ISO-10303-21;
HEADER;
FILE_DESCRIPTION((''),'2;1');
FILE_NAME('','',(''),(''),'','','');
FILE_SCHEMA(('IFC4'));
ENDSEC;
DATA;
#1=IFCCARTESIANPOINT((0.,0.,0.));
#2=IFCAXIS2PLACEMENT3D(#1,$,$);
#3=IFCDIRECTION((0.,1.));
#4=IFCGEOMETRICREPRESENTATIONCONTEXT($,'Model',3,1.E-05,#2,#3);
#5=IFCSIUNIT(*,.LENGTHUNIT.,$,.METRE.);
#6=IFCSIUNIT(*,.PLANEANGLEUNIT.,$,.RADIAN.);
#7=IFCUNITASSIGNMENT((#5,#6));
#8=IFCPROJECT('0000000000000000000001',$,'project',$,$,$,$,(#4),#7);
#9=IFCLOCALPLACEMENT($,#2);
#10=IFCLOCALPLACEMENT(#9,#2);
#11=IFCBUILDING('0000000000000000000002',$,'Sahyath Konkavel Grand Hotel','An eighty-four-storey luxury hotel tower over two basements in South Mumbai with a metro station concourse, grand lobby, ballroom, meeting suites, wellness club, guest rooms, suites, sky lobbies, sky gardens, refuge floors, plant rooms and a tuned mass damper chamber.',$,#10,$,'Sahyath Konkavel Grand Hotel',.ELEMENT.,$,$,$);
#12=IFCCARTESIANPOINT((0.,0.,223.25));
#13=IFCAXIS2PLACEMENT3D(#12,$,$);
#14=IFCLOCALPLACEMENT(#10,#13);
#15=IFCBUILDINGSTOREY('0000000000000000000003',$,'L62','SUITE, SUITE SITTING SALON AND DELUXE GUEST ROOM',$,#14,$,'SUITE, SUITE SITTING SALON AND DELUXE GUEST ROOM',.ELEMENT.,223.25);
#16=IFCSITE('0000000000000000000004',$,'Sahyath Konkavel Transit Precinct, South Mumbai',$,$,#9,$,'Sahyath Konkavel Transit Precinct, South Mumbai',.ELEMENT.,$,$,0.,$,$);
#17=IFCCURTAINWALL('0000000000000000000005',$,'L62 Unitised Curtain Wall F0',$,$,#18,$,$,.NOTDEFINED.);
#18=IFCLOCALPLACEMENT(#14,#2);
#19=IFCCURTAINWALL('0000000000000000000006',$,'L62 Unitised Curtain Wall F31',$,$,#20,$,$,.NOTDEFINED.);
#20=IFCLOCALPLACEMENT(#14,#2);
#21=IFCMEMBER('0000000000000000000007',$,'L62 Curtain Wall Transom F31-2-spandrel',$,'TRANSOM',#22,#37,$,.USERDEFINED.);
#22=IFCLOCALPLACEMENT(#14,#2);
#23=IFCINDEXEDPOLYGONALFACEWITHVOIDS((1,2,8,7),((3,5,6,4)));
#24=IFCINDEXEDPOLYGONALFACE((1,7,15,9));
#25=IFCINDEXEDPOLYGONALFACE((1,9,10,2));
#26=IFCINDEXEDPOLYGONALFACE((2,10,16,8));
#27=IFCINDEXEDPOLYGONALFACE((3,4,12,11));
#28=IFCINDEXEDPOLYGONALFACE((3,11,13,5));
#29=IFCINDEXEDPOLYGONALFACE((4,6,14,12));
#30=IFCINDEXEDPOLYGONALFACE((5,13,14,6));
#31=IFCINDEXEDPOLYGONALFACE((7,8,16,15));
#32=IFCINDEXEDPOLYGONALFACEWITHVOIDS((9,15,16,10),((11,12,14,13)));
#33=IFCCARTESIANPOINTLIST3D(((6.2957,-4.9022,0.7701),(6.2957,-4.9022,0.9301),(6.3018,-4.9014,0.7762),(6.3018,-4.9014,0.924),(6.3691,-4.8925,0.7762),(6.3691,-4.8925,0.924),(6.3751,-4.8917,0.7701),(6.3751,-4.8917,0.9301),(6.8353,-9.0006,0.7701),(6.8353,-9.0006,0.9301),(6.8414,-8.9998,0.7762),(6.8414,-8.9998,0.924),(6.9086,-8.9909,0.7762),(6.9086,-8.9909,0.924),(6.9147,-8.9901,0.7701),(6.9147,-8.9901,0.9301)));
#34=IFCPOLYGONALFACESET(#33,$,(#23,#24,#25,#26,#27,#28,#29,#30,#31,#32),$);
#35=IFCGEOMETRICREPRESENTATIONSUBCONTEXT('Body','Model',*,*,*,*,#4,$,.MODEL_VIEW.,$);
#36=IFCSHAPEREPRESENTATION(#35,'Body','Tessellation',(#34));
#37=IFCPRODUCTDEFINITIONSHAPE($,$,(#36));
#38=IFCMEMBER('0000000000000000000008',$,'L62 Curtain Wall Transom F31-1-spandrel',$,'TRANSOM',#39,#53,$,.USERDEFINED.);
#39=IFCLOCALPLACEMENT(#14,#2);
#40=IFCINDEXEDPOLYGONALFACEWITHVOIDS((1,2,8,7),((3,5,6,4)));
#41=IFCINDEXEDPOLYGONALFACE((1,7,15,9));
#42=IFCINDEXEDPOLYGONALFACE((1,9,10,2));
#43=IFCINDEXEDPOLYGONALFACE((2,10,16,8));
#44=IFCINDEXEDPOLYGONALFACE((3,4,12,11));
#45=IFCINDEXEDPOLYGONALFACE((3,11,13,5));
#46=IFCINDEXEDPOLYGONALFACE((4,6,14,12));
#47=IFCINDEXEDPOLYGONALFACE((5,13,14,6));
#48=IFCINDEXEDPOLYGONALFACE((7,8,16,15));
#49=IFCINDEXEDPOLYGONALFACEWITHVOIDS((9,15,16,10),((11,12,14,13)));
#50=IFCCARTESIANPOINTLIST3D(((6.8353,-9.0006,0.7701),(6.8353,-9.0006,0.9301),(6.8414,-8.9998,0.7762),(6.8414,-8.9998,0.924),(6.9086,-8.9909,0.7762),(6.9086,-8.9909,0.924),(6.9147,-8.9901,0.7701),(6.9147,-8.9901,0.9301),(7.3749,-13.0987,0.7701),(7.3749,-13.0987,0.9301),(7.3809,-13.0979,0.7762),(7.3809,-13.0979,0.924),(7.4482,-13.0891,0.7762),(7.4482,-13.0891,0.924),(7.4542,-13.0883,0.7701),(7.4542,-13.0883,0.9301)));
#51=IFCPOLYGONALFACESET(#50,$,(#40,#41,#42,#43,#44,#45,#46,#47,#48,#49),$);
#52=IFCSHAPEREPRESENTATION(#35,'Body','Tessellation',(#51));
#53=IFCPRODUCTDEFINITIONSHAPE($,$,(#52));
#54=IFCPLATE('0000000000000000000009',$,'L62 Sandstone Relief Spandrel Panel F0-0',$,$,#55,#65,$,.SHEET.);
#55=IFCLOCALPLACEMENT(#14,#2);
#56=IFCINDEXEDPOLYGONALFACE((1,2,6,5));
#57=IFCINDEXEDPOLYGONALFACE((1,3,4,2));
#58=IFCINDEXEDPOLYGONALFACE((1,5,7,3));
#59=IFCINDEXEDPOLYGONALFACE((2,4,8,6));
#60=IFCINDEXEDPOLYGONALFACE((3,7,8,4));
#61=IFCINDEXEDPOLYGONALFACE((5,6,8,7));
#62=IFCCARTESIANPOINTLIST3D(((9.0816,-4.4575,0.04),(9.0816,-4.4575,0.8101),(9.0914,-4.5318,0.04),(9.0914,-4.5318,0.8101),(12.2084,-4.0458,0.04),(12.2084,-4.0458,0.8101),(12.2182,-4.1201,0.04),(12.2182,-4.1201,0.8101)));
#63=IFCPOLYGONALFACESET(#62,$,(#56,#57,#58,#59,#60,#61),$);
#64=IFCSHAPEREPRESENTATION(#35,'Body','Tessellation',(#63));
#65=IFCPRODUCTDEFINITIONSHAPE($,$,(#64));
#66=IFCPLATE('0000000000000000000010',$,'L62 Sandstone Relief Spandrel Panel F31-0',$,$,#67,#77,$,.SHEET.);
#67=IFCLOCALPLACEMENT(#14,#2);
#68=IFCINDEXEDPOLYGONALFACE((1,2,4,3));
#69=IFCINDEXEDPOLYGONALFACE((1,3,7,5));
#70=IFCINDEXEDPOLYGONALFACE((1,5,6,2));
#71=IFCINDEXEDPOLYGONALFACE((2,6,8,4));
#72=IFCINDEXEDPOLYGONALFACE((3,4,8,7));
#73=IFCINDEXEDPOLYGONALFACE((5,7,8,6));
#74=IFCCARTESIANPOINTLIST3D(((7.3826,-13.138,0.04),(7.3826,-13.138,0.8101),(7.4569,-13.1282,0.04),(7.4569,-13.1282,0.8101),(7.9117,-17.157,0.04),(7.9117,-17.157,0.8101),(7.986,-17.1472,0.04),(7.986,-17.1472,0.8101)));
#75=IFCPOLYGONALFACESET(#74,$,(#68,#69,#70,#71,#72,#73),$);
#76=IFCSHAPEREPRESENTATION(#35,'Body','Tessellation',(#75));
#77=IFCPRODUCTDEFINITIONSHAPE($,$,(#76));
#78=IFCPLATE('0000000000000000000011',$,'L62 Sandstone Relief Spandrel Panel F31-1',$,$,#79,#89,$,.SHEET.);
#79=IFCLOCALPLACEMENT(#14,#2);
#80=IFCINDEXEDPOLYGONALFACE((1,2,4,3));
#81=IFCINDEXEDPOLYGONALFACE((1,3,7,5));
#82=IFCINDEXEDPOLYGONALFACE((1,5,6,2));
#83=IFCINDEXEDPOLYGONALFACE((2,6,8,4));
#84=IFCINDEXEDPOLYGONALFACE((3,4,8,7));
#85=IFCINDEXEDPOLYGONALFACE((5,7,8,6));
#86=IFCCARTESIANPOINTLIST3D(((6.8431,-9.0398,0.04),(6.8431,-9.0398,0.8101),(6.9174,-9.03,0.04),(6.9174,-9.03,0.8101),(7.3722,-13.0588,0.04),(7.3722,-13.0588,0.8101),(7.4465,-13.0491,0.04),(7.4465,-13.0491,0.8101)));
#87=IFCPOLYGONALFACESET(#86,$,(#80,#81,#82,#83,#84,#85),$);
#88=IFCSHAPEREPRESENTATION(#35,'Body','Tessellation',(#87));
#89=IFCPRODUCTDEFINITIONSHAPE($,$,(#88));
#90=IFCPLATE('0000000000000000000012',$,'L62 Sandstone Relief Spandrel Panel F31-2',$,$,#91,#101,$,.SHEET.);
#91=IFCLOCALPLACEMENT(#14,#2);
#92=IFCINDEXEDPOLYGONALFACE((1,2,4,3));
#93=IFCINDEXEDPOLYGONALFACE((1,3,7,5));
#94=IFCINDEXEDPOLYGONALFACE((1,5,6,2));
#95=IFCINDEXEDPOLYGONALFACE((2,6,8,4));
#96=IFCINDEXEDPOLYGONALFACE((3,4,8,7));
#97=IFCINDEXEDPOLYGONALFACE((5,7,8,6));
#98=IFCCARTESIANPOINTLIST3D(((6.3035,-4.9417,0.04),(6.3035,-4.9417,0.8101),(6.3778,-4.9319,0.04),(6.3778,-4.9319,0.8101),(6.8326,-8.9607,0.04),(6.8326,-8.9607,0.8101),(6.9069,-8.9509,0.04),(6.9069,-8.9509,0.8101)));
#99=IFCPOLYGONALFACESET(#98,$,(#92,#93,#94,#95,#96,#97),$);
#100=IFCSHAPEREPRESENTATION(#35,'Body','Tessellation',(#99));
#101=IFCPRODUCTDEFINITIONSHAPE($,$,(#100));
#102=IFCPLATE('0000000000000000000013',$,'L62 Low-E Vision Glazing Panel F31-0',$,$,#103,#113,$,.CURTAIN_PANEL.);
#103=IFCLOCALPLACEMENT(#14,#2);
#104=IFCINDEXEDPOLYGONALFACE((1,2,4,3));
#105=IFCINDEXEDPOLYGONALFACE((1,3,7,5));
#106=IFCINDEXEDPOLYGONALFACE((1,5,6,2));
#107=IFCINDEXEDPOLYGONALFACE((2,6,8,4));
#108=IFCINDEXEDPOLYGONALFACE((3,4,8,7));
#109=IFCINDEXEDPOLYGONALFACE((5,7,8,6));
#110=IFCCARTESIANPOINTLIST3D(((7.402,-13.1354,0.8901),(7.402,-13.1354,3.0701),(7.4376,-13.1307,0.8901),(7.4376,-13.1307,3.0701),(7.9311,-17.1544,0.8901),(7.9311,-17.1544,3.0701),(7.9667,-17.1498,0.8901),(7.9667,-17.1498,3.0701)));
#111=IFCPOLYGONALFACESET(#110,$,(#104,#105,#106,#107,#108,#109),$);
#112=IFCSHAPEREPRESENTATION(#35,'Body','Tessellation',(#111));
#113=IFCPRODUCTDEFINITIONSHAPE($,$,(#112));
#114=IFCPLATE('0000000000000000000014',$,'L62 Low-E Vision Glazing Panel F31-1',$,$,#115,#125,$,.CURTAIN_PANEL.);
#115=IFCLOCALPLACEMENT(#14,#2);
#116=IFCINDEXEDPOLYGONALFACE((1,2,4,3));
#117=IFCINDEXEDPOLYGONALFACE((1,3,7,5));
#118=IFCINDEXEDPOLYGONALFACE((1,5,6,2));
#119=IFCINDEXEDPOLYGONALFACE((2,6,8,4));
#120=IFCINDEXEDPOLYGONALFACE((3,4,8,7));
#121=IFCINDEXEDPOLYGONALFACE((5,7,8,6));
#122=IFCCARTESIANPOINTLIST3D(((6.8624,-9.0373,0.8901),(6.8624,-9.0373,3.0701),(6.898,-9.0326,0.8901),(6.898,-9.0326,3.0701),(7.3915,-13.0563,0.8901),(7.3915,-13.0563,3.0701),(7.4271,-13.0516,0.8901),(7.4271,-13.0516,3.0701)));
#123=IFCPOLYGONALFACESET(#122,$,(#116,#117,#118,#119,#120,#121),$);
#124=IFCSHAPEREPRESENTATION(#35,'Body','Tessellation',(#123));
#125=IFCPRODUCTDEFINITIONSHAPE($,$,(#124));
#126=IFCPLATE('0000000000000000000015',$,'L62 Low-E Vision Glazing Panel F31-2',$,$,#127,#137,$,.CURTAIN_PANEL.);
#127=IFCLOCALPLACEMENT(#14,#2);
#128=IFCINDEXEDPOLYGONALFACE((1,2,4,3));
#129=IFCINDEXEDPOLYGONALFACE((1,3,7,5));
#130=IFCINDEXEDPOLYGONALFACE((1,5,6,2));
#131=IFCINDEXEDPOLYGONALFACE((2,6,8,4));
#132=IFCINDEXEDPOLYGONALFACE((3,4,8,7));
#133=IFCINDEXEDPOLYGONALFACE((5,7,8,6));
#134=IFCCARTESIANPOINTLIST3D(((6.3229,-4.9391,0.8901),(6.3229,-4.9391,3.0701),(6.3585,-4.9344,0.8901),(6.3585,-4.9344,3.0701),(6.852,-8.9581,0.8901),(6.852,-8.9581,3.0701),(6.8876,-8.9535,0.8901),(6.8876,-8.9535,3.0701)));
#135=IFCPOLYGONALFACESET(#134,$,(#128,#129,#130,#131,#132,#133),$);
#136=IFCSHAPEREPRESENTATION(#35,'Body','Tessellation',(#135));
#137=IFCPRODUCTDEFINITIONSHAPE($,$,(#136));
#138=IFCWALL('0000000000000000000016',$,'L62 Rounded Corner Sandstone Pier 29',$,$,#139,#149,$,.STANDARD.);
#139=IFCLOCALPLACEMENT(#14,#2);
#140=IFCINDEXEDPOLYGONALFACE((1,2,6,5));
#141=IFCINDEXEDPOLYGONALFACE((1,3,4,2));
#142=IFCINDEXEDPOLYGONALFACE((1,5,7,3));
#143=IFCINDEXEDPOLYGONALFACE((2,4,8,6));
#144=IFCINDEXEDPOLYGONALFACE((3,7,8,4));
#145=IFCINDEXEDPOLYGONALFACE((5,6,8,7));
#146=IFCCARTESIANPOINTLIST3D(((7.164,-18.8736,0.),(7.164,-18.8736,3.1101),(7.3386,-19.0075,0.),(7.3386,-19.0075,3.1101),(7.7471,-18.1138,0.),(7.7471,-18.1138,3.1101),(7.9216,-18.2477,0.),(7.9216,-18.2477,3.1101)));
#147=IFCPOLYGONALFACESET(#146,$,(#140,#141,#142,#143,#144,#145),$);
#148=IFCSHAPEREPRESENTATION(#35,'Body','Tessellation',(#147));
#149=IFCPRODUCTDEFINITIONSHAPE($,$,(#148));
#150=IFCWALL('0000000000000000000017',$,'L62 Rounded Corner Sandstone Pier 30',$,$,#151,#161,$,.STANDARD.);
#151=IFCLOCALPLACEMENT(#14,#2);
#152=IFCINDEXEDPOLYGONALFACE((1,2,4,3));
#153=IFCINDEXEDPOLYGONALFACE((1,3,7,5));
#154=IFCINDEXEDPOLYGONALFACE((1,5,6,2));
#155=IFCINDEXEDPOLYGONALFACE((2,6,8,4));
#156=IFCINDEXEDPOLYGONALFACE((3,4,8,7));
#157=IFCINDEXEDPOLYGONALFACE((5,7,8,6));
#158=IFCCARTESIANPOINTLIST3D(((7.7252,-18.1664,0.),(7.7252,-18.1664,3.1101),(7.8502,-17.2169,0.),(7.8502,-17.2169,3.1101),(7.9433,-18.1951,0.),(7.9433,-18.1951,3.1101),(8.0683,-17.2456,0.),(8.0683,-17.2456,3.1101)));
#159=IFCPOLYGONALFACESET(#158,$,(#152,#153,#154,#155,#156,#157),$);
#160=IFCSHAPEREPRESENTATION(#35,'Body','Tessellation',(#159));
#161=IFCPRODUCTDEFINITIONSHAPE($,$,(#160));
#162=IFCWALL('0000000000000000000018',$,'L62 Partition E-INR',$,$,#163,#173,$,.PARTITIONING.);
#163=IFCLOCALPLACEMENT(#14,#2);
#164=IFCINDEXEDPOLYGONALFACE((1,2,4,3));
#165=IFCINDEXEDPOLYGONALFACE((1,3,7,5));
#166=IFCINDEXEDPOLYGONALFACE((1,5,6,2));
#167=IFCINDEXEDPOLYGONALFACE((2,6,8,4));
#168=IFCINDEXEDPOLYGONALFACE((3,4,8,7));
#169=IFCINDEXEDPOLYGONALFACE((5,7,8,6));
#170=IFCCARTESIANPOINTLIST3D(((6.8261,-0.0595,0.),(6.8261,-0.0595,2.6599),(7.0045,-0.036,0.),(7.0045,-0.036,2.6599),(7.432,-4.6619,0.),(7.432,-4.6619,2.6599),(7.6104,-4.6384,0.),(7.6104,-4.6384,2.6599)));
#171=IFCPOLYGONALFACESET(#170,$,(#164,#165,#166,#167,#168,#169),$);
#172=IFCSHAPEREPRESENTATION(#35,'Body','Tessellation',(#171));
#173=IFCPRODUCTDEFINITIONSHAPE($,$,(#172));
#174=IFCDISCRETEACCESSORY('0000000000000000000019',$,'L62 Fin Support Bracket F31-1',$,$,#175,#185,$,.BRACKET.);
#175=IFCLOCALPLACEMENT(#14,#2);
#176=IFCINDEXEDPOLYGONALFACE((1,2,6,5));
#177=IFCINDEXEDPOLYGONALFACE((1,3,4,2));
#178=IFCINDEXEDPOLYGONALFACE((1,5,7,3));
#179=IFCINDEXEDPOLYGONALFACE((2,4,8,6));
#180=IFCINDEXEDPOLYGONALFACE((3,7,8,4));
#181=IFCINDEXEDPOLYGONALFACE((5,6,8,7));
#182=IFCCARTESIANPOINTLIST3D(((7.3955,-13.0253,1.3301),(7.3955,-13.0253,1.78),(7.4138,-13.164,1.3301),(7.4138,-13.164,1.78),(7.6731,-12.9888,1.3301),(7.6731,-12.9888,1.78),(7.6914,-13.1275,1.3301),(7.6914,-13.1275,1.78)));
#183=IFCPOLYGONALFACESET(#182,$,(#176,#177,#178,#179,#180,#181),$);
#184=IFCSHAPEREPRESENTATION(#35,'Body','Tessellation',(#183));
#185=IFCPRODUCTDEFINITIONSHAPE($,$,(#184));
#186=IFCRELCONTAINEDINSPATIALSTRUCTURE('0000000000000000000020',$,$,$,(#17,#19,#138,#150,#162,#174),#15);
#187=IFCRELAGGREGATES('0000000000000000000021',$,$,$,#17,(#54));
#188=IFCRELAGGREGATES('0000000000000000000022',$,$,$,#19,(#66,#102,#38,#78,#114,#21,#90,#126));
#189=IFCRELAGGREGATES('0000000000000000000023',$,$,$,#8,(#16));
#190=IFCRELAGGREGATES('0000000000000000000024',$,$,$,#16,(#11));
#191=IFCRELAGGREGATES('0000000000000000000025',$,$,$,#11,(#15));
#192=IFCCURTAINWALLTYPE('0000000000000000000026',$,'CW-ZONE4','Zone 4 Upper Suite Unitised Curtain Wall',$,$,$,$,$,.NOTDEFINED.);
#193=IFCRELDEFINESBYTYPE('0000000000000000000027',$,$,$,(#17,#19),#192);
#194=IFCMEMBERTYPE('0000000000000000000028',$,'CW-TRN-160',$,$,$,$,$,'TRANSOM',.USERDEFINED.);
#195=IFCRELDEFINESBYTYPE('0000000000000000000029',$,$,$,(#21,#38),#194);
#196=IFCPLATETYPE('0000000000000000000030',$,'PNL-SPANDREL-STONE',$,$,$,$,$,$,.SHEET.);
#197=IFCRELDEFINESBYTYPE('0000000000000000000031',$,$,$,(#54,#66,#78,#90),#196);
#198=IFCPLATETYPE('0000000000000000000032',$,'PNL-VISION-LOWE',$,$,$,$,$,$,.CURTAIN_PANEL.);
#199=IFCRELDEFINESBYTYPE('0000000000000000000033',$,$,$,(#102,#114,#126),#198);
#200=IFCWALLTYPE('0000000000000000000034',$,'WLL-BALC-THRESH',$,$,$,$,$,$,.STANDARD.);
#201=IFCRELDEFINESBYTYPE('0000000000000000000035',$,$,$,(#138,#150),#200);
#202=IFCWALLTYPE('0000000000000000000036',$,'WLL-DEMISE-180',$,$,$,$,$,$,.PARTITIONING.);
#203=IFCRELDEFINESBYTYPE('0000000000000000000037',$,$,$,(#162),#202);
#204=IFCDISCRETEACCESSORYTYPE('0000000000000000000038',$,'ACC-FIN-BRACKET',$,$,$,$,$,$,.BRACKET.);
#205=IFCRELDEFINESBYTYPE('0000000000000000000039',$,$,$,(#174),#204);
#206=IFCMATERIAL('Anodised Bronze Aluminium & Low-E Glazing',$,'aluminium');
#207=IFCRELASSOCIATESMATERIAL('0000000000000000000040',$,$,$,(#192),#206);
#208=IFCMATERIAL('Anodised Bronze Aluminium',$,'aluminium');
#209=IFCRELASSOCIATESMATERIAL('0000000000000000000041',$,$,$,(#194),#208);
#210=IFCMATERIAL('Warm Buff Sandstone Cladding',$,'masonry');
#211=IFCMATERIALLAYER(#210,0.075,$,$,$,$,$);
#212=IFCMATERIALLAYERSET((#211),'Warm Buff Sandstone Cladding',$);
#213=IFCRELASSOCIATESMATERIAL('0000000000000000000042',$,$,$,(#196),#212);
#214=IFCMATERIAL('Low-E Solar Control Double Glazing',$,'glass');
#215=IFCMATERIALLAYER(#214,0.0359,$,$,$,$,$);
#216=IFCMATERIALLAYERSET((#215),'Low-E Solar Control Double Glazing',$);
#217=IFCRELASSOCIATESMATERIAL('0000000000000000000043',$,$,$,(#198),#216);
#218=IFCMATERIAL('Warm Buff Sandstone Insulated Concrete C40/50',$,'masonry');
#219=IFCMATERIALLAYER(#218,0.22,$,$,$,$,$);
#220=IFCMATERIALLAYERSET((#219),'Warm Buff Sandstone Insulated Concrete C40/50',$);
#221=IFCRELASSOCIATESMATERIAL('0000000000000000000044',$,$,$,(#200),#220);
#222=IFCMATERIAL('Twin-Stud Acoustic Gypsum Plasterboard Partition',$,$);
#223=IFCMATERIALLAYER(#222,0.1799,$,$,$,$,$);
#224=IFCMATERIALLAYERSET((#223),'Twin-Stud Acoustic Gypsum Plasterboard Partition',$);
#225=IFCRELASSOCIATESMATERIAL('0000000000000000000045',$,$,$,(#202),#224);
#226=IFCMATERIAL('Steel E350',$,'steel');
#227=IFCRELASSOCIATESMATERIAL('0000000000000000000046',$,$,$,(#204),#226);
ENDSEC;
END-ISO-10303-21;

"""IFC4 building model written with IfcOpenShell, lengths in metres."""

from ifc_helpers import new_model, si_unit, direction, frame, frame_2d, origin, origin_2d, place, context, subcontext, project, spatial, rectangle, hollow_rectangle, extrude, source, transform, mapped, material, layer, layer_set, material_profile, profile_set, type_object, element, aggregate, save


model = new_model("IFC4")

# Units and contexts
model_context = context("Model", 3, precision=1e-05, world=origin(), true_north=direction((0.0, 1.0)))
body_context = subcontext(model_context, "Body", "Model", "MODEL_VIEW")
ifc_project = project(units=[si_unit("LENGTHUNIT", "METRE"), si_unit("PLANEANGLEUNIT", "RADIAN")], contexts=[model_context])

# Site, building, storey
site_placement = place(None, origin())
site = spatial("IfcSite", under=ifc_project, at=site_placement, Name="Sahyath Konkavel Transit Precinct, South Mumbai", LongName="Sahyath Konkavel Transit Precinct, South Mumbai", CompositionType="ELEMENT", RefElevation=0.0)
building_placement = place(site_placement, origin())
building = spatial("IfcBuilding", under=site, at=building_placement, Name="Sahyath Konkavel Grand Hotel", Description="An eighty-four-storey luxury hotel tower over two basements in South Mumbai with a metro station concourse, grand lobby, ballroom, meeting suites, wellness club, guest rooms, suites, sky lobbies, sky gardens, refuge floors, plant rooms and a tuned mass damper chamber.", LongName="Sahyath Konkavel Grand Hotel", CompositionType="ELEMENT")
storey_placement = place(building_placement, frame((0.0, 0.0, 223.25)))
storey = spatial("IfcBuildingStorey", under=building, at=storey_placement, Name="L62", Description="SUITE, SUITE SITTING SALON AND DELUXE GUEST ROOM", LongName="SUITE, SUITE SITTING SALON AND DELUXE GUEST ROOM", CompositionType="ELEMENT", Elevation=223.25)

# Curtain walls
ifc_material_1 = material(Name="Anodised Bronze Aluminium & Low-E Glazing", Category="aluminium")
curtain_wall_type = type_object("IfcCurtainWallType", Name="CW-ZONE4", Description="Zone 4 Upper Suite Unitised Curtain Wall", PredefinedType="NOTDEFINED", material=ifc_material_1)
curtain_wall_1_placement = place(storey_placement, origin())
curtain_wall_1 = element("IfcCurtainWall", 1, at=curtain_wall_1_placement, inside=storey, type_object=curtain_wall_type, Name="L62 Unitised Curtain Wall F0", PredefinedType="NOTDEFINED")
curtain_wall_2_placement = place(storey_placement, origin())
curtain_wall_2 = element("IfcCurtainWall", 2, at=curtain_wall_2_placement, inside=storey, type_object=curtain_wall_type, Name="L62 Unitised Curtain Wall F31", PredefinedType="NOTDEFINED")

# Shared definitions
ifc_material_2 = material(Name="Anodised Bronze Aluminium", Category="aluminium")

# Members
ifc_material_profile_1 = material_profile(ifc_material_2, hollow_rectangle(XDim=0.0801, YDim=0.1599, WallThickness=0.0061, at=origin_2d()), Name="RHS 160x80x6")
ifc_profile_set_1 = profile_set([ifc_material_profile_1], Name="Anodised Bronze Aluminium")
member_type_1 = type_object("IfcMemberType", Name="CW-TRN-160", ElementType="TRANSOM", PredefinedType="USERDEFINED", material=ifc_profile_set_1)
shared_shape_1 = source(origin(), body_context, "Body", "SweptSolid", [
    extrude(hollow_rectangle(XDim=0.0801, YDim=0.1599, WallThickness=0.0061, at=origin_2d()), origin(), (0.0, 0.0, 1.0), 4.1338),
])
member_1_placement = place(storey_placement, frame((6.875, -8.9954, 0.8501), z_axis=(-0.130523, 0.991445, 0.0), x_axis=(-0.991445, -0.130523, 0.0)))
member_1 = element("IfcMember", 3, at=member_1_placement, type_object=member_type_1, Name="L62 Curtain Wall Transom F31-2-spandrel", ObjectType="TRANSOM", PredefinedType="USERDEFINED", context=body_context, shape_type="MappedRepresentation", body=[
    mapped(shared_shape_1, transform((0.0, 0.0, 0.0), scale=1.0)),
])
shared_shape_2 = source(origin(), body_context, "Body", "SweptSolid", [
    extrude(hollow_rectangle(XDim=0.0801, YDim=0.1599, WallThickness=0.0061, at=origin_2d()), origin(), (0.0, 0.0, 1.0), 4.1335),
])
member_2_placement = place(storey_placement, frame((7.4146, -13.0935, 0.8501), z_axis=(-0.130531, 0.991444, 0.0), x_axis=(-0.991444, -0.130531, 0.0)))
member_2 = element("IfcMember", 4, at=member_2_placement, type_object=member_type_1, Name="L62 Curtain Wall Transom F31-1-spandrel", ObjectType="TRANSOM", PredefinedType="USERDEFINED", context=body_context, shape_type="MappedRepresentation", body=[
    mapped(shared_shape_2, transform((0.0, 0.0, 0.0), scale=1.0)),
])

# Plates
ifc_material_3 = material(Name="Warm Buff Sandstone Cladding", Category="masonry")
ifc_layer_1 = layer(ifc_material_3, 0.075)
ifc_layer_set_1 = layer_set([ifc_layer_1], Name="Warm Buff Sandstone Cladding")
plate_type_1 = type_object("IfcPlateType", Name="PNL-SPANDREL-STONE", PredefinedType="SHEET", material=ifc_layer_set_1)
shared_shape_3 = source(origin(), body_context, "Body", "SweptSolid", [
    extrude(rectangle(XDim=3.1538, YDim=0.075, at=origin_2d()), origin(), (0.0, 0.0, 1.0), 0.77),
])
plate_1_placement = place(storey_placement, frame((10.6499, -4.2888, 0.04), z_axis=(0.0, 0.0, 1.0), x_axis=(0.991445, 0.130526, 0.0)))
plate_1 = element("IfcPlate", 5, at=plate_1_placement, type_object=plate_type_1, Name="L62 Sandstone Relief Spandrel Panel F0-0", PredefinedType="SHEET", context=body_context, shape_type="MappedRepresentation", body=[
    mapped(shared_shape_3, transform((0.0, 0.0, 0.0), scale=1.0)),
])
aggregate(curtain_wall_1, [plate_1])
shared_shape_4 = source(origin(), body_context, "Body", "SweptSolid", [
    extrude(rectangle(XDim=4.0537, YDim=0.075, at=origin_2d()), origin(), (0.0, 0.0, 1.0), 0.77),
])
plate_2_placement = place(storey_placement, frame((7.6843, -15.1426, 0.04), z_axis=(0.0, 0.0, 1.0), x_axis=(-0.130526, 0.991445, 0.0)))
plate_2 = element("IfcPlate", 6, at=plate_2_placement, type_object=plate_type_1, Name="L62 Sandstone Relief Spandrel Panel F31-0", PredefinedType="SHEET", context=body_context, shape_type="MappedRepresentation", body=[
    mapped(shared_shape_4, transform((0.0, 0.0, 0.0), scale=1.0)),
])
plate_3_placement = place(storey_placement, frame((7.1448, -11.0444, 0.04), z_axis=(0.0, 0.0, 1.0), x_axis=(-0.130526, 0.991445, 0.0)))
plate_3 = element("IfcPlate", 7, at=plate_3_placement, type_object=plate_type_1, Name="L62 Sandstone Relief Spandrel Panel F31-1", PredefinedType="SHEET", context=body_context, shape_type="MappedRepresentation", body=[
    mapped(shared_shape_4, transform((0.0, 0.0, 0.0), scale=1.0)),
])
plate_4_placement = place(storey_placement, frame((6.6052, -6.9463, 0.04), z_axis=(0.0, 0.0, 1.0), x_axis=(-0.130526, 0.991445, 0.0)))
plate_4 = element("IfcPlate", 8, at=plate_4_placement, type_object=plate_type_1, Name="L62 Sandstone Relief Spandrel Panel F31-2", PredefinedType="SHEET", context=body_context, shape_type="MappedRepresentation", body=[
    mapped(shared_shape_4, transform((0.0, 0.0, 0.0), scale=1.0)),
])
ifc_material_4 = material(Name="Low-E Solar Control Double Glazing", Category="glass")
ifc_layer_2 = layer(ifc_material_4, 0.0359)
ifc_layer_set_2 = layer_set([ifc_layer_2], Name="Low-E Solar Control Double Glazing")
plate_type_2 = type_object("IfcPlateType", Name="PNL-VISION-LOWE", PredefinedType="CURTAIN_PANEL", material=ifc_layer_set_2)
shared_shape_5 = source(origin(), body_context, "Body", "SweptSolid", [
    extrude(rectangle(XDim=4.0537, YDim=0.0359, at=origin_2d()), origin(), (0.0, 0.0, 1.0), 2.1799),
])
plate_5_placement = place(storey_placement, frame((7.6843, -15.1426, 0.8901), z_axis=(0.0, 0.0, 1.0), x_axis=(-0.130526, 0.991445, 0.0)))
plate_5 = element("IfcPlate", 9, at=plate_5_placement, type_object=plate_type_2, Name="L62 Low-E Vision Glazing Panel F31-0", PredefinedType="CURTAIN_PANEL", context=body_context, shape_type="MappedRepresentation", body=[
    mapped(shared_shape_5, transform((0.0, 0.0, 0.0), scale=1.0)),
])
plate_6_placement = place(storey_placement, frame((7.1448, -11.0444, 0.8901), z_axis=(0.0, 0.0, 1.0), x_axis=(-0.130526, 0.991445, 0.0)))
plate_6 = element("IfcPlate", 10, at=plate_6_placement, type_object=plate_type_2, Name="L62 Low-E Vision Glazing Panel F31-1", PredefinedType="CURTAIN_PANEL", context=body_context, shape_type="MappedRepresentation", body=[
    mapped(shared_shape_5, transform((0.0, 0.0, 0.0), scale=1.0)),
])
plate_7_placement = place(storey_placement, frame((6.6052, -6.9463, 0.8901), z_axis=(0.0, 0.0, 1.0), x_axis=(-0.130526, 0.991445, 0.0)))
plate_7 = element("IfcPlate", 11, at=plate_7_placement, type_object=plate_type_2, Name="L62 Low-E Vision Glazing Panel F31-2", PredefinedType="CURTAIN_PANEL", context=body_context, shape_type="MappedRepresentation", body=[
    mapped(shared_shape_5, transform((0.0, 0.0, 0.0), scale=1.0)),
])
aggregate(curtain_wall_2, [plate_2, plate_5, member_2, plate_3, plate_6, member_1, plate_4, plate_7])

# Walls
ifc_material_5 = material(Name="Warm Buff Sandstone Insulated Concrete C40/50", Category="masonry")
ifc_layer_3 = layer(ifc_material_5, 0.22)
ifc_layer_set_3 = layer_set([ifc_layer_3], Name="Warm Buff Sandstone Insulated Concrete C40/50")
wall_type_1 = type_object("IfcWallType", Name="WLL-BALC-THRESH", PredefinedType="STANDARD", material=ifc_layer_set_3)
for number, where, z_axis, x_axis, name in (
    (12, (7.2512, -18.9407, 0.0), (0.0, 0.0, 1.0), (0.608774, 0.793344, 0.0), "L62 Rounded Corner Sandstone Pier 29"),
    (13, (7.8342, -18.1809, 0.0), (0.0, 0.0, 1.0), (0.130527, 0.991445, 0.0), "L62 Rounded Corner Sandstone Pier 30"),
):
    element("IfcWall", number, at=place(storey_placement, frame(where, z_axis=z_axis, x_axis=x_axis)), inside=storey, type_object=wall_type_1, Name=name, PredefinedType="STANDARD", context=body_context, shape_type="SweptSolid", body=[
        extrude(rectangle(XDim=0.9578, YDim=0.22, at=frame_2d((0.479, 0.0))), origin(), (0.0, 0.0, 1.0), 3.1101),
    ])
ifc_material_6 = material(Name="Twin-Stud Acoustic Gypsum Plasterboard Partition")
ifc_layer_4 = layer(ifc_material_6, 0.1799)
ifc_layer_set_4 = layer_set([ifc_layer_4], Name="Twin-Stud Acoustic Gypsum Plasterboard Partition")
wall_type_2 = type_object("IfcWallType", Name="WLL-DEMISE-180", PredefinedType="PARTITIONING", material=ifc_layer_set_4)
wall_placement = place(storey_placement, frame((7.5212, -4.6501, 0.0), z_axis=(0.0, 0.0, 1.0), x_axis=(-0.130538, 0.991443, 0.0)))
element("IfcWall", 14, at=wall_placement, inside=storey, type_object=wall_type_2, Name="L62 Partition E-INR", PredefinedType="PARTITIONING", context=body_context, shape_type="SweptSolid", body=[
    extrude(rectangle(XDim=4.6421, YDim=0.1799, at=frame_2d((2.321, 0.0))), origin(), (0.0, 0.0, 1.0), 2.6599),
])

# Discrete accessory
ifc_material_7 = material(Name="Steel E350", Category="steel")
discrete_accessory_type = type_object("IfcDiscreteAccessoryType", Name="ACC-FIN-BRACKET", PredefinedType="BRACKET", material=ifc_material_7)
shared_shape_6 = source(origin(), body_context, "Body", "SweptSolid", [
    extrude(rectangle(XDim=0.28, YDim=0.1399, at=origin_2d()), origin(), (0.0, 0.0, 1.0), 0.45),
])
discrete_accessory_placement = place(storey_placement, frame((7.5435, -13.0764, 1.3301), z_axis=(0.0, 0.0, 1.0), x_axis=(0.991445, 0.130526, 0.0)))
element("IfcDiscreteAccessory", 15, at=discrete_accessory_placement, inside=storey, type_object=discrete_accessory_type, Name="L62 Fin Support Bracket F31-1", PredefinedType="BRACKET", context=body_context, shape_type="MappedRepresentation", body=[
    mapped(shared_shape_6, transform((0.0, 0.0, 0.0), scale=1.0)),
])

save(model, "model.ifc")
